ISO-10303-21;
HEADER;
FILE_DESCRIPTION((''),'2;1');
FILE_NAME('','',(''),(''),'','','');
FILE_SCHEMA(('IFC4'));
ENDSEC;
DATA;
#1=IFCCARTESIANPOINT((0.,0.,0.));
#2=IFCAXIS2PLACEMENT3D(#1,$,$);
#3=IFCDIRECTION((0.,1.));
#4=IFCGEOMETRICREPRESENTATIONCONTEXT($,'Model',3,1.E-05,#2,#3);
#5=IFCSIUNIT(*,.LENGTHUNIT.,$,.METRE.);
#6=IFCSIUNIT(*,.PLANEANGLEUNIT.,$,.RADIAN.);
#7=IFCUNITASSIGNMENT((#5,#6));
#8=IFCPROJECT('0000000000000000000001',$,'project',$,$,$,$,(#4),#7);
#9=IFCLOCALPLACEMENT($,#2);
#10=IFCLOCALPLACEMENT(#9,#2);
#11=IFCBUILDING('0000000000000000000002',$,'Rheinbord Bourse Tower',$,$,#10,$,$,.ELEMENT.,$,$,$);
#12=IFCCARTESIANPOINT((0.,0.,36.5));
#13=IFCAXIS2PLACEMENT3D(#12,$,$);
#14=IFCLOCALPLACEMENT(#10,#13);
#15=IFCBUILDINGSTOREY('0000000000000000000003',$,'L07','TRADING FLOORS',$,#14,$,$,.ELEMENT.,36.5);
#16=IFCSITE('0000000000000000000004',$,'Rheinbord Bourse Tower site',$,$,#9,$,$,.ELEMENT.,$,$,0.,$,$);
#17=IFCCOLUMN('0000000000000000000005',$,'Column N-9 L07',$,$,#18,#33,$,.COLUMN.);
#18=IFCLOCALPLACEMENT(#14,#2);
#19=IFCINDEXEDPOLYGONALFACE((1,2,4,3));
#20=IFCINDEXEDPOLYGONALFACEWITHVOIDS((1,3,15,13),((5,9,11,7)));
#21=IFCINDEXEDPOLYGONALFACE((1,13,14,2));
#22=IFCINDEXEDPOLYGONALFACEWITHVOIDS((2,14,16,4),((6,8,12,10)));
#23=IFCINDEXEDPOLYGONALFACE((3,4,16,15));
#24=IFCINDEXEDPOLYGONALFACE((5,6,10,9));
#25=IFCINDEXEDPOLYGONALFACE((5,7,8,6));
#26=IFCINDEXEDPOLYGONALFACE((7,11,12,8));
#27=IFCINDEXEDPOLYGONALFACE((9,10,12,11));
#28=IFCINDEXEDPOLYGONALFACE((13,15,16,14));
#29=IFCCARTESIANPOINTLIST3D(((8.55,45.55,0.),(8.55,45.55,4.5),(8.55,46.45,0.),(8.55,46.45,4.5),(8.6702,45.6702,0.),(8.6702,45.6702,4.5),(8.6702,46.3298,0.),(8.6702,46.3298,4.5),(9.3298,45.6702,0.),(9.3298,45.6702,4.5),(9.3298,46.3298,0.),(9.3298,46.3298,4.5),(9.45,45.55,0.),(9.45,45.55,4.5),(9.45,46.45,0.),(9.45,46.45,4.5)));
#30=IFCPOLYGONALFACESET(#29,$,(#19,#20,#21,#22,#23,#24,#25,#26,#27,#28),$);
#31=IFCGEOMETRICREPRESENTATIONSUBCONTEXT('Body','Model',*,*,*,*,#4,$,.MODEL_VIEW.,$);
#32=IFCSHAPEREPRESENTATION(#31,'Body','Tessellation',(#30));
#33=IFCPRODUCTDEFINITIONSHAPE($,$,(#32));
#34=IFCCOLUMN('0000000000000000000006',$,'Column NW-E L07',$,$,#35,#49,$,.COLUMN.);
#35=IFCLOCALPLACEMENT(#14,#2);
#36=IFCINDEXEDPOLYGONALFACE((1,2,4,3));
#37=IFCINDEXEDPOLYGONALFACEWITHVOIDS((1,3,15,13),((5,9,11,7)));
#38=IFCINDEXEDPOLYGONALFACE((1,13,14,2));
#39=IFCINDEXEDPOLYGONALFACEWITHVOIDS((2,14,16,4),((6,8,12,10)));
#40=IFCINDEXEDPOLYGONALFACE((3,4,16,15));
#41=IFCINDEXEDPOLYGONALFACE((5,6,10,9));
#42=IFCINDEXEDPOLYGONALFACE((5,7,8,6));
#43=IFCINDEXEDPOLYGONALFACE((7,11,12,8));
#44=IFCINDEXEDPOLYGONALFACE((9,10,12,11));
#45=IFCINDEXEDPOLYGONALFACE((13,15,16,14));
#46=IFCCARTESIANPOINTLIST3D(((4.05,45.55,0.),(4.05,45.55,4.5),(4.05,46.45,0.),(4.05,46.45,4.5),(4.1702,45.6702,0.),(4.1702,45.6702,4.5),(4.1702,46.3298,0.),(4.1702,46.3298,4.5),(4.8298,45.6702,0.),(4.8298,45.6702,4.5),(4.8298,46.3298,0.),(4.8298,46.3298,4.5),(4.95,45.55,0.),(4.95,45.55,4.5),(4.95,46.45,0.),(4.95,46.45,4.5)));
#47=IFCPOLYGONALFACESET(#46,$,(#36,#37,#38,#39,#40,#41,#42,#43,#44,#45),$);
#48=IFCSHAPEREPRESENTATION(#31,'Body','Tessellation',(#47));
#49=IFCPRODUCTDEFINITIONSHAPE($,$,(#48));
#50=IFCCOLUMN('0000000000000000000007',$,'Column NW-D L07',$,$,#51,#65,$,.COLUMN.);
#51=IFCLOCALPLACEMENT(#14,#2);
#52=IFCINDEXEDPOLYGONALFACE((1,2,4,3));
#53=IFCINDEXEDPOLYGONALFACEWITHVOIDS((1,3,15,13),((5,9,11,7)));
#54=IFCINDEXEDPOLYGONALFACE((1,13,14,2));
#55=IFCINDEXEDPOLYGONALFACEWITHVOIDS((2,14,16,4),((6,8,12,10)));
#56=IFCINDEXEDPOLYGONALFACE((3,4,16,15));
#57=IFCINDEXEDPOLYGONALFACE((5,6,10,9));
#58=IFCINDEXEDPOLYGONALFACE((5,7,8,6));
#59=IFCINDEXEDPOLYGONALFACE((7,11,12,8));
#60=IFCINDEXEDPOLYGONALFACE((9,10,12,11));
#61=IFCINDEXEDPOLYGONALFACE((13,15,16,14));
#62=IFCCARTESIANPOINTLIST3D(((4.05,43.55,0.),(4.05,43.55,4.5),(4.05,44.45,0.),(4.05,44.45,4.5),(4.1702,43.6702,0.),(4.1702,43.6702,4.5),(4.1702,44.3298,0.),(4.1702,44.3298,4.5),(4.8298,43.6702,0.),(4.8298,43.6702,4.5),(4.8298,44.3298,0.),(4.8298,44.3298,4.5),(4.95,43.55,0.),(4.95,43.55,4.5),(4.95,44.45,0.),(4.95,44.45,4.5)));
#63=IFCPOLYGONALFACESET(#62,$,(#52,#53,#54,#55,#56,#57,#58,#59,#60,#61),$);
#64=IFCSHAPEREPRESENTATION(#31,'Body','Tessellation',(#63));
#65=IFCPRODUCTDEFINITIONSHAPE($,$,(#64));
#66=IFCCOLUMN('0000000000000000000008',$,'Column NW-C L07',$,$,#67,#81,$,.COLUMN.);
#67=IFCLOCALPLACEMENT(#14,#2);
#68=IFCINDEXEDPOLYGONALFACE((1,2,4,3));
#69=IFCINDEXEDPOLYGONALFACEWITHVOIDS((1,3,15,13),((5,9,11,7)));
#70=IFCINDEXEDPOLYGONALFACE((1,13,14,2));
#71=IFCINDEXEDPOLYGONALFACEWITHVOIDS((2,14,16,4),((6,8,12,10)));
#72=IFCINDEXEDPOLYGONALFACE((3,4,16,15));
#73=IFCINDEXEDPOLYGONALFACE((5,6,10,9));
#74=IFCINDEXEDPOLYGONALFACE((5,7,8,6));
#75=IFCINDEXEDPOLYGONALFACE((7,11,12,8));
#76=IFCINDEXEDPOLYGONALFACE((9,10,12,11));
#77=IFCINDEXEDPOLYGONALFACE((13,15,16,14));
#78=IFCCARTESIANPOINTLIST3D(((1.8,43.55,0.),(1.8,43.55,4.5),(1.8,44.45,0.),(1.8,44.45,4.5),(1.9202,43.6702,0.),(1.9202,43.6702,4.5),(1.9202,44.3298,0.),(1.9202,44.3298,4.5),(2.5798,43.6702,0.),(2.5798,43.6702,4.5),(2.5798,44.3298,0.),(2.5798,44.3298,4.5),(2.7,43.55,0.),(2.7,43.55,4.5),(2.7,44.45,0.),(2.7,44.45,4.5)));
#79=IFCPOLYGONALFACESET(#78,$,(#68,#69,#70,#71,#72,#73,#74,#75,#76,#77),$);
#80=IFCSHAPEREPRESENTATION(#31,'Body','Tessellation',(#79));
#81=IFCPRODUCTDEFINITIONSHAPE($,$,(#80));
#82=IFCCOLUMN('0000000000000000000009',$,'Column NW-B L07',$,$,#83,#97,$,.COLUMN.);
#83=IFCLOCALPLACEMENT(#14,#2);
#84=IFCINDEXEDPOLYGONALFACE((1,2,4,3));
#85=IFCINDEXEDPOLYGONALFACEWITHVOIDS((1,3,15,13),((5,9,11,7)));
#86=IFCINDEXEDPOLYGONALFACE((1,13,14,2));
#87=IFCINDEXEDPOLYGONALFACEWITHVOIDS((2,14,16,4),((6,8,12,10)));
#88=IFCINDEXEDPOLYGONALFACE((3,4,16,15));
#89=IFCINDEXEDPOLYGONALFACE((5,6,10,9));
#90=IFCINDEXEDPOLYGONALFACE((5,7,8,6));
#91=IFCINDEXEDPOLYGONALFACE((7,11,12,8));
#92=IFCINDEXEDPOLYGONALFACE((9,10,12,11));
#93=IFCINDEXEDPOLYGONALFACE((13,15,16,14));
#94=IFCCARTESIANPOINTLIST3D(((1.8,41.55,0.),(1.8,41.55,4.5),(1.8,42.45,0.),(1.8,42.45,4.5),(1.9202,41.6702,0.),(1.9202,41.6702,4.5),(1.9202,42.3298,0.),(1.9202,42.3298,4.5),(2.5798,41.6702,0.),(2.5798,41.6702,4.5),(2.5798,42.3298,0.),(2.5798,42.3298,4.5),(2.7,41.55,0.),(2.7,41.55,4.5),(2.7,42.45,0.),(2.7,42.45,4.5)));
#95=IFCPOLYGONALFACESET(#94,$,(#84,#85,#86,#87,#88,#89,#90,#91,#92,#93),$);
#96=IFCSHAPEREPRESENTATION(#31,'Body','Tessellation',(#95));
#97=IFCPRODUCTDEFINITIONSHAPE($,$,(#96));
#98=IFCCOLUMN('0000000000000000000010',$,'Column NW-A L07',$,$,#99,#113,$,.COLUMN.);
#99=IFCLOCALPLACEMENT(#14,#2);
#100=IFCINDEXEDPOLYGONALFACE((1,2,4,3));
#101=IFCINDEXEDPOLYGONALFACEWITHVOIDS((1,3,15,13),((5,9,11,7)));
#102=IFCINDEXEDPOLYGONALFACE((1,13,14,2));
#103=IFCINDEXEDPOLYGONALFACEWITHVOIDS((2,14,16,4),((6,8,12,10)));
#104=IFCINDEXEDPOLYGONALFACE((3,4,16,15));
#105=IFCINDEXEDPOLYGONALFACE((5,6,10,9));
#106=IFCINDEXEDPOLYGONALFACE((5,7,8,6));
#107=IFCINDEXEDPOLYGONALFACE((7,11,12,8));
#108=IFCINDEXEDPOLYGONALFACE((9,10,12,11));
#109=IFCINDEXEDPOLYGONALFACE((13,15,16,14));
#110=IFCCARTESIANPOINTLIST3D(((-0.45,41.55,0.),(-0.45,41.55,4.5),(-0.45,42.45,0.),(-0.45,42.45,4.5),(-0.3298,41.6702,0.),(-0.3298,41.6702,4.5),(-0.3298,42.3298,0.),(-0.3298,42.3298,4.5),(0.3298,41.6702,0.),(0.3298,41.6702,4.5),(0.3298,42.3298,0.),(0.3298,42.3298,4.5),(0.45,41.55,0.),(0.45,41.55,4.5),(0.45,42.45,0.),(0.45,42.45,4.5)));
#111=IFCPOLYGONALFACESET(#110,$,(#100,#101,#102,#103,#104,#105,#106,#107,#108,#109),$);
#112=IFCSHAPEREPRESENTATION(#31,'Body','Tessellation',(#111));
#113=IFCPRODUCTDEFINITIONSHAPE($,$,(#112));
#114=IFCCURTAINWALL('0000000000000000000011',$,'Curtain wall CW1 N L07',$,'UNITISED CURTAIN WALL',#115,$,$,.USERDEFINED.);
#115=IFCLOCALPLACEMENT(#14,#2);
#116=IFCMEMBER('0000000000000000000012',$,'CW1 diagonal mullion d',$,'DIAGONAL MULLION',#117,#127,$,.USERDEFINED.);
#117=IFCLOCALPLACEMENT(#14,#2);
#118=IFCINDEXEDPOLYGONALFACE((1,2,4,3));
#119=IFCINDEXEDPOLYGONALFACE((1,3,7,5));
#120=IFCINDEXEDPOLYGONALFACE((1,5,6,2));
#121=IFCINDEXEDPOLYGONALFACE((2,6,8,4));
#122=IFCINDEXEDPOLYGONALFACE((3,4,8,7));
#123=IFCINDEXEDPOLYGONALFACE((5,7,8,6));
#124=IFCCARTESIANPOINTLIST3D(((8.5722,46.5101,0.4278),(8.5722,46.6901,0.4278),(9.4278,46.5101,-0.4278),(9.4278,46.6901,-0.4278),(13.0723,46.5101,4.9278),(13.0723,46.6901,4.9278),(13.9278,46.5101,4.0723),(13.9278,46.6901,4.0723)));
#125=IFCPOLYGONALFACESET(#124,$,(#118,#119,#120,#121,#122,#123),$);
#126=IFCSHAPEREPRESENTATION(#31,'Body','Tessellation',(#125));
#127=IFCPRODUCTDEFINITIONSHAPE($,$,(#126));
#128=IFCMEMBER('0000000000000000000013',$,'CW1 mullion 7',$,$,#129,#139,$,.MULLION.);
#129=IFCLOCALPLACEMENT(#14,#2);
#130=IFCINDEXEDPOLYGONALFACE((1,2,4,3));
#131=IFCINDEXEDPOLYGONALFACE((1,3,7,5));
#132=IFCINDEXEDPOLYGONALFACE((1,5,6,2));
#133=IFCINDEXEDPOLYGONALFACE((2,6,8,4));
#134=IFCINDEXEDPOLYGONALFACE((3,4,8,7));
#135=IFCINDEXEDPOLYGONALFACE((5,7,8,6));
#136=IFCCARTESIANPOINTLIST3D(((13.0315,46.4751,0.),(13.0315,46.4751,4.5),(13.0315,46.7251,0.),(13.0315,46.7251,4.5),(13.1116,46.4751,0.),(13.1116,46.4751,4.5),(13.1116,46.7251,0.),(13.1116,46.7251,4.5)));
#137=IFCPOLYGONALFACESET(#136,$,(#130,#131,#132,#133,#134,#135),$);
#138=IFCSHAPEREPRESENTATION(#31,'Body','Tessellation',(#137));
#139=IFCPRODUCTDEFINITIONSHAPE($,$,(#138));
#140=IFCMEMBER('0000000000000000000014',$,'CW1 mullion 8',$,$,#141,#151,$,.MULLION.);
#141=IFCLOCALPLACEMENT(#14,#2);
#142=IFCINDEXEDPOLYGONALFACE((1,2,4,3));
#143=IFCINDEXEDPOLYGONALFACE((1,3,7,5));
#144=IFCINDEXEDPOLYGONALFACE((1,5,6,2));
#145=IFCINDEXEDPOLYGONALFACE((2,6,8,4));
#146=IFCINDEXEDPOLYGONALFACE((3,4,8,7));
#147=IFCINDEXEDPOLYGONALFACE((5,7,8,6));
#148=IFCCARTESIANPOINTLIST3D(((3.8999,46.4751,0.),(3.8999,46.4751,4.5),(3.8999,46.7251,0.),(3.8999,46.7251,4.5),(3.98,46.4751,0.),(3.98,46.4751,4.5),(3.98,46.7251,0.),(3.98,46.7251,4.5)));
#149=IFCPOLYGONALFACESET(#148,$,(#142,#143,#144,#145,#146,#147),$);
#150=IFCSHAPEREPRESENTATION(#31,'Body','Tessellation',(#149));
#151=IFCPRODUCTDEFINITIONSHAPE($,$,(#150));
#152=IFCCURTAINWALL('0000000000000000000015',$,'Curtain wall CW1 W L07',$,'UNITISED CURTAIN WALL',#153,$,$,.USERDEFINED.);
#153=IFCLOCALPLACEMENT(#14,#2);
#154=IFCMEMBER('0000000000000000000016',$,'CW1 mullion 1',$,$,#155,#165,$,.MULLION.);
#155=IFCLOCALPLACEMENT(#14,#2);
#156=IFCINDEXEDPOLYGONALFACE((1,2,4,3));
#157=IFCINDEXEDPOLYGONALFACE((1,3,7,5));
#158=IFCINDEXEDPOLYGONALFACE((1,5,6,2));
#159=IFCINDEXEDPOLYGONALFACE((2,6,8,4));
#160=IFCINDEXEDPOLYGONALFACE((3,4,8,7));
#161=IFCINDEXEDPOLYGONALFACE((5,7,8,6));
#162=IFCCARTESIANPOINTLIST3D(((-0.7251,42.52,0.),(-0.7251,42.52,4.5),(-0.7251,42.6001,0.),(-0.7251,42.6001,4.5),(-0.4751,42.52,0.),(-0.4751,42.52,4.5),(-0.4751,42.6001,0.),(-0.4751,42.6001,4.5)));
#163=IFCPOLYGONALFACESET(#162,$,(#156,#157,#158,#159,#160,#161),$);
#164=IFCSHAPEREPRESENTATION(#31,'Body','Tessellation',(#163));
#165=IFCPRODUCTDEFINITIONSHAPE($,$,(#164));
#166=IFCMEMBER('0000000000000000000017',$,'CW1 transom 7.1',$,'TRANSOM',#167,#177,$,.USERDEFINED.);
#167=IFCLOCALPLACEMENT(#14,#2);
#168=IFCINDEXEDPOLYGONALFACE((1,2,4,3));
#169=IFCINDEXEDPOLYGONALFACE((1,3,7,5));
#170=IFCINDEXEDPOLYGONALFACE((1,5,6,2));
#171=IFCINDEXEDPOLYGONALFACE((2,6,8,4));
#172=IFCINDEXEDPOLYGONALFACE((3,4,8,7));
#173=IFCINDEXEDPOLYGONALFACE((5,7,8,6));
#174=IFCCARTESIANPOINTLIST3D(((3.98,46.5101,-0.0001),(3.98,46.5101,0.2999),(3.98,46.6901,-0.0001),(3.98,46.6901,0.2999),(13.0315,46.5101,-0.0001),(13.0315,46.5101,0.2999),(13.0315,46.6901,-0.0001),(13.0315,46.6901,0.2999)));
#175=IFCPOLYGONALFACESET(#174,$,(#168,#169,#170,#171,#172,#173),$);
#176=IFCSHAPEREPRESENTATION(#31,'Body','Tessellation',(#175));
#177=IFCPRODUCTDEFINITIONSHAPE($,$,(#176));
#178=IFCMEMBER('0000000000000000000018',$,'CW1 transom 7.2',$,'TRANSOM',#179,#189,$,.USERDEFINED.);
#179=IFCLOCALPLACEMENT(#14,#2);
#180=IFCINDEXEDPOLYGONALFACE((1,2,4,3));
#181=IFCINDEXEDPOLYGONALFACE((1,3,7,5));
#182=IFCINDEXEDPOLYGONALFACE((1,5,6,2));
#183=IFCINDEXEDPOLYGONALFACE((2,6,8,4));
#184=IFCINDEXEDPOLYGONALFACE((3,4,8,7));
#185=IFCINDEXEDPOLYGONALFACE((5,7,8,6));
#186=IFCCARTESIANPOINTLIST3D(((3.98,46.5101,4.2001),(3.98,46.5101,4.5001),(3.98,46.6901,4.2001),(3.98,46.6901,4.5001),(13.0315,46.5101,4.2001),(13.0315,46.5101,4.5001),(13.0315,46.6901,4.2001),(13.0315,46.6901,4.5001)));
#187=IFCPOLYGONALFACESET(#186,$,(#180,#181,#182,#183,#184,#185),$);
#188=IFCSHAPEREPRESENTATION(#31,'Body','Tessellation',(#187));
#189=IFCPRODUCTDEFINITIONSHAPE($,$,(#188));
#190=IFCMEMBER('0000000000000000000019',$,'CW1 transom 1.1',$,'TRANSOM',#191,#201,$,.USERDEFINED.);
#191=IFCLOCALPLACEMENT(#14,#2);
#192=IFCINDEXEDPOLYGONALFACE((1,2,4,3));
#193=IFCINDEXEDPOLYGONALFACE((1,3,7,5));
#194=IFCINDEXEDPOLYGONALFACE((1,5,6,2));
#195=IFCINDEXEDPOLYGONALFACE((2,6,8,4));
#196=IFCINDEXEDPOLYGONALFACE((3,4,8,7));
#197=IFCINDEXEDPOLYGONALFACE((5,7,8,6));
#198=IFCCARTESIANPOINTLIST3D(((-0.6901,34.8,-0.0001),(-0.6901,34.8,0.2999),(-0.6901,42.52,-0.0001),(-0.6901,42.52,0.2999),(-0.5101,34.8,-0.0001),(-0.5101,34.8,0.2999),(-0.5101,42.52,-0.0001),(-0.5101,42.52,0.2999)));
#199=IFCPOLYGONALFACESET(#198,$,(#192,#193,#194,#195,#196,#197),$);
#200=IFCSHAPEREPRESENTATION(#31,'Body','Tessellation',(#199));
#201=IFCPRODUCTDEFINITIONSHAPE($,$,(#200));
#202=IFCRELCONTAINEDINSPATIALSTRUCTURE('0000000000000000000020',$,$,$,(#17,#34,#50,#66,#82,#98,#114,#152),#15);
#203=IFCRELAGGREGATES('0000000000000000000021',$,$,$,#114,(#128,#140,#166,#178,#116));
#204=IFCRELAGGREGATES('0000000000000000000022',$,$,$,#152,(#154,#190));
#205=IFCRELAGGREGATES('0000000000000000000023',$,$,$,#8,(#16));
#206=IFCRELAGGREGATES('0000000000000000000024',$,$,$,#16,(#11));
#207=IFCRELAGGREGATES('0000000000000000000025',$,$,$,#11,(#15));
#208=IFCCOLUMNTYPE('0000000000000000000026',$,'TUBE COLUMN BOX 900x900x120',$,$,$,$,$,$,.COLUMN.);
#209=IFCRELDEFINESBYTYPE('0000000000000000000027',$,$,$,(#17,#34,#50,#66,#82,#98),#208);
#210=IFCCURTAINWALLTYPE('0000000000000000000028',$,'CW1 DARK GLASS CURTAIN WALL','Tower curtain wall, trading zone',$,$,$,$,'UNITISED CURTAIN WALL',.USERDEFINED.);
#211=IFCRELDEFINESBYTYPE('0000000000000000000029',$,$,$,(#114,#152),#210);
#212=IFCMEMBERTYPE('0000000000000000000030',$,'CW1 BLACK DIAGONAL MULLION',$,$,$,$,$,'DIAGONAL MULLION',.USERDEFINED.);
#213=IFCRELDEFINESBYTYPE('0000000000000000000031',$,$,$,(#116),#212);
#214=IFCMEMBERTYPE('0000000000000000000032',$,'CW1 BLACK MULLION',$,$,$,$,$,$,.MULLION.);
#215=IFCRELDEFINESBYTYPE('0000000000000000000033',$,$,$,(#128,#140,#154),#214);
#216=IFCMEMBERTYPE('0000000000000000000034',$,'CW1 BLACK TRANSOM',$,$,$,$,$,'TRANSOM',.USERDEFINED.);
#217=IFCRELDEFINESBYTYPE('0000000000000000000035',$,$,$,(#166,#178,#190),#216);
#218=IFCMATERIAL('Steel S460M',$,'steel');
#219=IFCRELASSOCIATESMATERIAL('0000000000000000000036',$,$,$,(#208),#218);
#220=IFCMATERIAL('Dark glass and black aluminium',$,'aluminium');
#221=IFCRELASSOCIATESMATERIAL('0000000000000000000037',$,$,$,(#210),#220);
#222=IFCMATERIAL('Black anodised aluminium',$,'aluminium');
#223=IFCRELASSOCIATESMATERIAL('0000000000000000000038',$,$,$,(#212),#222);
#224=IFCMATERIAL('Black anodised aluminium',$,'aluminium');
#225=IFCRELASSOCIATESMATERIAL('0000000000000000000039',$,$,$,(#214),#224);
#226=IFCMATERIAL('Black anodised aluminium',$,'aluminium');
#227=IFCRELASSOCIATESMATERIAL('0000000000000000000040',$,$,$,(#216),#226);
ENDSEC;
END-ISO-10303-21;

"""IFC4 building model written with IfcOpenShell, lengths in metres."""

from ifc_helpers import new_model, si_unit, direction, frame, origin, origin_2d, place, context, subcontext, project, spatial, rectangle, hollow_rectangle, extrude, material, material_profile, profile_set, type_object, element, aggregate, save


model = new_model("IFC4")

# Units and contexts
model_context = context("Model", 3, precision=1e-05, world=origin(), true_north=direction((0.0, 1.0)))
body_context = subcontext(model_context, "Body", "Model", "MODEL_VIEW")
ifc_project = project(units=[si_unit("LENGTHUNIT", "METRE"), si_unit("PLANEANGLEUNIT", "RADIAN")], contexts=[model_context])

# Site, building, storey
site_placement = place(None, origin())
site = spatial("IfcSite", under=ifc_project, at=site_placement, Name="Rheinbord Bourse Tower site", CompositionType="ELEMENT", RefElevation=0.0)
building_placement = place(site_placement, origin())
building = spatial("IfcBuilding", under=site, at=building_placement, Name="Rheinbord Bourse Tower", CompositionType="ELEMENT")
storey_placement = place(building_placement, frame((0.0, 0.0, 36.5)))
storey = spatial("IfcBuildingStorey", under=building, at=storey_placement, Name="L07", Description="TRADING FLOORS", CompositionType="ELEMENT", Elevation=36.5)

# Columns
ifc_material_1 = material(Name="Steel S460M", Category="steel")
ifc_material_profile_1 = material_profile(ifc_material_1, hollow_rectangle(XDim=0.8999, YDim=0.8999, WallThickness=0.1201, at=origin_2d()), Name="BOX 900x900x120")
ifc_profile_set_1 = profile_set([ifc_material_profile_1], Name="Steel S460M")
column_type = type_object("IfcColumnType", Name="TUBE COLUMN BOX 900x900x120", PredefinedType="COLUMN", material=ifc_profile_set_1)
for number, where, z_axis, x_axis, name in (
    (1, (9.0, 46.0, 0.0), (0.0, 0.0, 1.0), (0.0, 1.0, 0.0), "Column N-9 L07"),
    (2, (4.5, 46.0, 0.0), (0.0, 0.0, 1.0), (0.0, 1.0, 0.0), "Column NW-E L07"),
    (3, (4.5, 44.0, 0.0), (0.0, 0.0, 1.0), (0.0, 1.0, 0.0), "Column NW-D L07"),
    (4, (2.25, 44.0, 0.0), (0.0, 0.0, 1.0), (1.0, 0.0, 0.0), "Column NW-C L07"),
    (5, (2.25, 42.0, 0.0), (0.0, 0.0, 1.0), (1.0, 0.0, 0.0), "Column NW-B L07"),
    (6, (0.0, 42.0, 0.0), (0.0, 0.0, 1.0), (1.0, 0.0, 0.0), "Column NW-A L07"),
):
    element("IfcColumn", number, at=place(storey_placement, frame(where, z_axis=z_axis, x_axis=x_axis)), inside=storey, type_object=column_type, Name=name, PredefinedType="COLUMN", context=body_context, shape_type="SweptSolid", body=[
        extrude(hollow_rectangle(XDim=0.8999, YDim=0.8999, WallThickness=0.1201, at=origin_2d()), origin(), (0.0, 0.0, 1.0), 4.5),
    ])

# Curtain wall, members
ifc_material_2 = material(Name="Dark glass and black aluminium", Category="aluminium")
curtain_wall_type = type_object("IfcCurtainWallType", Name="CW1 DARK GLASS CURTAIN WALL", Description="Tower curtain wall, trading zone", ElementType="UNITISED CURTAIN WALL", PredefinedType="USERDEFINED", material=ifc_material_2)
curtain_wall_1_placement = place(storey_placement, origin())
curtain_wall_1 = element("IfcCurtainWall", 7, at=curtain_wall_1_placement, inside=storey, type_object=curtain_wall_type, Name="Curtain wall CW1 N L07", ObjectType="UNITISED CURTAIN WALL", PredefinedType="USERDEFINED")
ifc_material_3 = material(Name="Black anodised aluminium", Category="aluminium")
ifc_material_profile_2 = material_profile(ifc_material_3, rectangle(XDim=0.1799, YDim=1.21, at=origin_2d()), Name="CW1 DIAGONAL MULLION 1210x180")
ifc_profile_set_2 = profile_set([ifc_material_profile_2], Name="Black anodised aluminium")
member_type_1 = type_object("IfcMemberType", Name="CW1 BLACK DIAGONAL MULLION", ElementType="DIAGONAL MULLION", PredefinedType="USERDEFINED", material=ifc_profile_set_2)
member_1_placement = place(storey_placement, frame((9.0, 46.6001, 0.0), z_axis=(0.707107, 0.0, 0.707107), x_axis=(0.0, 1.0, 0.0)))
member_1 = element("IfcMember", 8, at=member_1_placement, type_object=member_type_1, Name="CW1 diagonal mullion d", ObjectType="DIAGONAL MULLION", PredefinedType="USERDEFINED", context=body_context, shape_type="SweptSolid", body=[
    extrude(rectangle(XDim=0.1799, YDim=1.21, at=origin_2d()), origin(), (0.0, 0.0, 1.0), 6.364),
])
ifc_material_4 = material(Name="Black anodised aluminium", Category="aluminium")
ifc_material_profile_3 = material_profile(ifc_material_4, rectangle(XDim=0.25, YDim=0.0801, at=origin_2d()), Name="CW1 MULLION 80x250")
ifc_profile_set_3 = profile_set([ifc_material_profile_3], Name="Black anodised aluminium")
member_type_2 = type_object("IfcMemberType", Name="CW1 BLACK MULLION", PredefinedType="MULLION", material=ifc_profile_set_3)
member_2_placement = place(storey_placement, frame((13.0715, 46.6001, 0.0), z_axis=(0.0, 0.0, 1.0), x_axis=(0.0, -1.0, 0.0)))
member_2 = element("IfcMember", 9, at=member_2_placement, type_object=member_type_2, Name="CW1 mullion 7", PredefinedType="MULLION", context=body_context, shape_type="SweptSolid", body=[
    extrude(rectangle(XDim=0.25, YDim=0.0801, at=origin_2d()), origin(), (0.0, 0.0, 1.0), 4.5),
])
member_3_placement = place(storey_placement, frame((3.9399, 46.6001, 0.0), z_axis=(0.0, 0.0, 1.0), x_axis=(0.0, -1.0, 0.0)))
member_3 = element("IfcMember", 10, at=member_3_placement, type_object=member_type_2, Name="CW1 mullion 8", PredefinedType="MULLION", context=body_context, shape_type="SweptSolid", body=[
    extrude(rectangle(XDim=0.25, YDim=0.0801, at=origin_2d()), origin(), (0.0, 0.0, 1.0), 4.5),
])

# Curtain wall, member
curtain_wall_2_placement = place(storey_placement, origin())
curtain_wall_2 = element("IfcCurtainWall", 11, at=curtain_wall_2_placement, inside=storey, type_object=curtain_wall_type, Name="Curtain wall CW1 W L07", ObjectType="UNITISED CURTAIN WALL", PredefinedType="USERDEFINED")
member_4_placement = place(storey_placement, frame((-0.6001, 42.5601, 0.0), z_axis=(0.0, 0.0, 1.0), x_axis=(1.0, 0.0, 0.0)))
member_4 = element("IfcMember", 12, at=member_4_placement, type_object=member_type_2, Name="CW1 mullion 1", PredefinedType="MULLION", context=body_context, shape_type="SweptSolid", body=[
    extrude(rectangle(XDim=0.25, YDim=0.0801, at=origin_2d()), origin(), (0.0, 0.0, 1.0), 4.5),
])

# Members
ifc_material_5 = material(Name="Black anodised aluminium", Category="aluminium")
ifc_material_profile_4 = material_profile(ifc_material_5, rectangle(XDim=0.1799, YDim=0.3, at=origin_2d()), Name="CW1 TRANSOM 300x180")
ifc_profile_set_4 = profile_set([ifc_material_profile_4], Name="Black anodised aluminium")
member_type_3 = type_object("IfcMemberType", Name="CW1 BLACK TRANSOM", ElementType="TRANSOM", PredefinedType="USERDEFINED", material=ifc_profile_set_4)
member_5_placement = place(storey_placement, frame((13.0315, 46.6001, 0.1499), z_axis=(-1.0, 0.0, 0.0), x_axis=(0.0, -1.0, 0.0)))
member_5 = element("IfcMember", 13, at=member_5_placement, type_object=member_type_3, Name="CW1 transom 7.1", ObjectType="TRANSOM", PredefinedType="USERDEFINED", context=body_context, shape_type="SweptSolid", body=[
    extrude(rectangle(XDim=0.1799, YDim=0.3, at=origin_2d()), origin(), (0.0, 0.0, 1.0), 9.0515),
])
member_6_placement = place(storey_placement, frame((13.0315, 46.6001, 4.3501), z_axis=(-1.0, 0.0, 0.0), x_axis=(0.0, -1.0, 0.0)))
member_6 = element("IfcMember", 14, at=member_6_placement, type_object=member_type_3, Name="CW1 transom 7.2", ObjectType="TRANSOM", PredefinedType="USERDEFINED", context=body_context, shape_type="SweptSolid", body=[
    extrude(rectangle(XDim=0.1799, YDim=0.3, at=origin_2d()), origin(), (0.0, 0.0, 1.0), 9.0515),
])
member_7_placement = place(storey_placement, frame((-0.6001, 42.52, 0.1499), z_axis=(0.0, -1.0, 0.0), x_axis=(1.0, 0.0, 0.0)))
member_7 = element("IfcMember", 15, at=member_7_placement, type_object=member_type_3, Name="CW1 transom 1.1", ObjectType="TRANSOM", PredefinedType="USERDEFINED", context=body_context, shape_type="SweptSolid", body=[
    extrude(rectangle(XDim=0.1799, YDim=0.3, at=origin_2d()), origin(), (0.0, 0.0, 1.0), 7.72),
])

aggregate(curtain_wall_1, [member_2, member_3, member_5, member_6, member_1])
aggregate(curtain_wall_2, [member_4, member_7])

save(model, "model.ifc")
